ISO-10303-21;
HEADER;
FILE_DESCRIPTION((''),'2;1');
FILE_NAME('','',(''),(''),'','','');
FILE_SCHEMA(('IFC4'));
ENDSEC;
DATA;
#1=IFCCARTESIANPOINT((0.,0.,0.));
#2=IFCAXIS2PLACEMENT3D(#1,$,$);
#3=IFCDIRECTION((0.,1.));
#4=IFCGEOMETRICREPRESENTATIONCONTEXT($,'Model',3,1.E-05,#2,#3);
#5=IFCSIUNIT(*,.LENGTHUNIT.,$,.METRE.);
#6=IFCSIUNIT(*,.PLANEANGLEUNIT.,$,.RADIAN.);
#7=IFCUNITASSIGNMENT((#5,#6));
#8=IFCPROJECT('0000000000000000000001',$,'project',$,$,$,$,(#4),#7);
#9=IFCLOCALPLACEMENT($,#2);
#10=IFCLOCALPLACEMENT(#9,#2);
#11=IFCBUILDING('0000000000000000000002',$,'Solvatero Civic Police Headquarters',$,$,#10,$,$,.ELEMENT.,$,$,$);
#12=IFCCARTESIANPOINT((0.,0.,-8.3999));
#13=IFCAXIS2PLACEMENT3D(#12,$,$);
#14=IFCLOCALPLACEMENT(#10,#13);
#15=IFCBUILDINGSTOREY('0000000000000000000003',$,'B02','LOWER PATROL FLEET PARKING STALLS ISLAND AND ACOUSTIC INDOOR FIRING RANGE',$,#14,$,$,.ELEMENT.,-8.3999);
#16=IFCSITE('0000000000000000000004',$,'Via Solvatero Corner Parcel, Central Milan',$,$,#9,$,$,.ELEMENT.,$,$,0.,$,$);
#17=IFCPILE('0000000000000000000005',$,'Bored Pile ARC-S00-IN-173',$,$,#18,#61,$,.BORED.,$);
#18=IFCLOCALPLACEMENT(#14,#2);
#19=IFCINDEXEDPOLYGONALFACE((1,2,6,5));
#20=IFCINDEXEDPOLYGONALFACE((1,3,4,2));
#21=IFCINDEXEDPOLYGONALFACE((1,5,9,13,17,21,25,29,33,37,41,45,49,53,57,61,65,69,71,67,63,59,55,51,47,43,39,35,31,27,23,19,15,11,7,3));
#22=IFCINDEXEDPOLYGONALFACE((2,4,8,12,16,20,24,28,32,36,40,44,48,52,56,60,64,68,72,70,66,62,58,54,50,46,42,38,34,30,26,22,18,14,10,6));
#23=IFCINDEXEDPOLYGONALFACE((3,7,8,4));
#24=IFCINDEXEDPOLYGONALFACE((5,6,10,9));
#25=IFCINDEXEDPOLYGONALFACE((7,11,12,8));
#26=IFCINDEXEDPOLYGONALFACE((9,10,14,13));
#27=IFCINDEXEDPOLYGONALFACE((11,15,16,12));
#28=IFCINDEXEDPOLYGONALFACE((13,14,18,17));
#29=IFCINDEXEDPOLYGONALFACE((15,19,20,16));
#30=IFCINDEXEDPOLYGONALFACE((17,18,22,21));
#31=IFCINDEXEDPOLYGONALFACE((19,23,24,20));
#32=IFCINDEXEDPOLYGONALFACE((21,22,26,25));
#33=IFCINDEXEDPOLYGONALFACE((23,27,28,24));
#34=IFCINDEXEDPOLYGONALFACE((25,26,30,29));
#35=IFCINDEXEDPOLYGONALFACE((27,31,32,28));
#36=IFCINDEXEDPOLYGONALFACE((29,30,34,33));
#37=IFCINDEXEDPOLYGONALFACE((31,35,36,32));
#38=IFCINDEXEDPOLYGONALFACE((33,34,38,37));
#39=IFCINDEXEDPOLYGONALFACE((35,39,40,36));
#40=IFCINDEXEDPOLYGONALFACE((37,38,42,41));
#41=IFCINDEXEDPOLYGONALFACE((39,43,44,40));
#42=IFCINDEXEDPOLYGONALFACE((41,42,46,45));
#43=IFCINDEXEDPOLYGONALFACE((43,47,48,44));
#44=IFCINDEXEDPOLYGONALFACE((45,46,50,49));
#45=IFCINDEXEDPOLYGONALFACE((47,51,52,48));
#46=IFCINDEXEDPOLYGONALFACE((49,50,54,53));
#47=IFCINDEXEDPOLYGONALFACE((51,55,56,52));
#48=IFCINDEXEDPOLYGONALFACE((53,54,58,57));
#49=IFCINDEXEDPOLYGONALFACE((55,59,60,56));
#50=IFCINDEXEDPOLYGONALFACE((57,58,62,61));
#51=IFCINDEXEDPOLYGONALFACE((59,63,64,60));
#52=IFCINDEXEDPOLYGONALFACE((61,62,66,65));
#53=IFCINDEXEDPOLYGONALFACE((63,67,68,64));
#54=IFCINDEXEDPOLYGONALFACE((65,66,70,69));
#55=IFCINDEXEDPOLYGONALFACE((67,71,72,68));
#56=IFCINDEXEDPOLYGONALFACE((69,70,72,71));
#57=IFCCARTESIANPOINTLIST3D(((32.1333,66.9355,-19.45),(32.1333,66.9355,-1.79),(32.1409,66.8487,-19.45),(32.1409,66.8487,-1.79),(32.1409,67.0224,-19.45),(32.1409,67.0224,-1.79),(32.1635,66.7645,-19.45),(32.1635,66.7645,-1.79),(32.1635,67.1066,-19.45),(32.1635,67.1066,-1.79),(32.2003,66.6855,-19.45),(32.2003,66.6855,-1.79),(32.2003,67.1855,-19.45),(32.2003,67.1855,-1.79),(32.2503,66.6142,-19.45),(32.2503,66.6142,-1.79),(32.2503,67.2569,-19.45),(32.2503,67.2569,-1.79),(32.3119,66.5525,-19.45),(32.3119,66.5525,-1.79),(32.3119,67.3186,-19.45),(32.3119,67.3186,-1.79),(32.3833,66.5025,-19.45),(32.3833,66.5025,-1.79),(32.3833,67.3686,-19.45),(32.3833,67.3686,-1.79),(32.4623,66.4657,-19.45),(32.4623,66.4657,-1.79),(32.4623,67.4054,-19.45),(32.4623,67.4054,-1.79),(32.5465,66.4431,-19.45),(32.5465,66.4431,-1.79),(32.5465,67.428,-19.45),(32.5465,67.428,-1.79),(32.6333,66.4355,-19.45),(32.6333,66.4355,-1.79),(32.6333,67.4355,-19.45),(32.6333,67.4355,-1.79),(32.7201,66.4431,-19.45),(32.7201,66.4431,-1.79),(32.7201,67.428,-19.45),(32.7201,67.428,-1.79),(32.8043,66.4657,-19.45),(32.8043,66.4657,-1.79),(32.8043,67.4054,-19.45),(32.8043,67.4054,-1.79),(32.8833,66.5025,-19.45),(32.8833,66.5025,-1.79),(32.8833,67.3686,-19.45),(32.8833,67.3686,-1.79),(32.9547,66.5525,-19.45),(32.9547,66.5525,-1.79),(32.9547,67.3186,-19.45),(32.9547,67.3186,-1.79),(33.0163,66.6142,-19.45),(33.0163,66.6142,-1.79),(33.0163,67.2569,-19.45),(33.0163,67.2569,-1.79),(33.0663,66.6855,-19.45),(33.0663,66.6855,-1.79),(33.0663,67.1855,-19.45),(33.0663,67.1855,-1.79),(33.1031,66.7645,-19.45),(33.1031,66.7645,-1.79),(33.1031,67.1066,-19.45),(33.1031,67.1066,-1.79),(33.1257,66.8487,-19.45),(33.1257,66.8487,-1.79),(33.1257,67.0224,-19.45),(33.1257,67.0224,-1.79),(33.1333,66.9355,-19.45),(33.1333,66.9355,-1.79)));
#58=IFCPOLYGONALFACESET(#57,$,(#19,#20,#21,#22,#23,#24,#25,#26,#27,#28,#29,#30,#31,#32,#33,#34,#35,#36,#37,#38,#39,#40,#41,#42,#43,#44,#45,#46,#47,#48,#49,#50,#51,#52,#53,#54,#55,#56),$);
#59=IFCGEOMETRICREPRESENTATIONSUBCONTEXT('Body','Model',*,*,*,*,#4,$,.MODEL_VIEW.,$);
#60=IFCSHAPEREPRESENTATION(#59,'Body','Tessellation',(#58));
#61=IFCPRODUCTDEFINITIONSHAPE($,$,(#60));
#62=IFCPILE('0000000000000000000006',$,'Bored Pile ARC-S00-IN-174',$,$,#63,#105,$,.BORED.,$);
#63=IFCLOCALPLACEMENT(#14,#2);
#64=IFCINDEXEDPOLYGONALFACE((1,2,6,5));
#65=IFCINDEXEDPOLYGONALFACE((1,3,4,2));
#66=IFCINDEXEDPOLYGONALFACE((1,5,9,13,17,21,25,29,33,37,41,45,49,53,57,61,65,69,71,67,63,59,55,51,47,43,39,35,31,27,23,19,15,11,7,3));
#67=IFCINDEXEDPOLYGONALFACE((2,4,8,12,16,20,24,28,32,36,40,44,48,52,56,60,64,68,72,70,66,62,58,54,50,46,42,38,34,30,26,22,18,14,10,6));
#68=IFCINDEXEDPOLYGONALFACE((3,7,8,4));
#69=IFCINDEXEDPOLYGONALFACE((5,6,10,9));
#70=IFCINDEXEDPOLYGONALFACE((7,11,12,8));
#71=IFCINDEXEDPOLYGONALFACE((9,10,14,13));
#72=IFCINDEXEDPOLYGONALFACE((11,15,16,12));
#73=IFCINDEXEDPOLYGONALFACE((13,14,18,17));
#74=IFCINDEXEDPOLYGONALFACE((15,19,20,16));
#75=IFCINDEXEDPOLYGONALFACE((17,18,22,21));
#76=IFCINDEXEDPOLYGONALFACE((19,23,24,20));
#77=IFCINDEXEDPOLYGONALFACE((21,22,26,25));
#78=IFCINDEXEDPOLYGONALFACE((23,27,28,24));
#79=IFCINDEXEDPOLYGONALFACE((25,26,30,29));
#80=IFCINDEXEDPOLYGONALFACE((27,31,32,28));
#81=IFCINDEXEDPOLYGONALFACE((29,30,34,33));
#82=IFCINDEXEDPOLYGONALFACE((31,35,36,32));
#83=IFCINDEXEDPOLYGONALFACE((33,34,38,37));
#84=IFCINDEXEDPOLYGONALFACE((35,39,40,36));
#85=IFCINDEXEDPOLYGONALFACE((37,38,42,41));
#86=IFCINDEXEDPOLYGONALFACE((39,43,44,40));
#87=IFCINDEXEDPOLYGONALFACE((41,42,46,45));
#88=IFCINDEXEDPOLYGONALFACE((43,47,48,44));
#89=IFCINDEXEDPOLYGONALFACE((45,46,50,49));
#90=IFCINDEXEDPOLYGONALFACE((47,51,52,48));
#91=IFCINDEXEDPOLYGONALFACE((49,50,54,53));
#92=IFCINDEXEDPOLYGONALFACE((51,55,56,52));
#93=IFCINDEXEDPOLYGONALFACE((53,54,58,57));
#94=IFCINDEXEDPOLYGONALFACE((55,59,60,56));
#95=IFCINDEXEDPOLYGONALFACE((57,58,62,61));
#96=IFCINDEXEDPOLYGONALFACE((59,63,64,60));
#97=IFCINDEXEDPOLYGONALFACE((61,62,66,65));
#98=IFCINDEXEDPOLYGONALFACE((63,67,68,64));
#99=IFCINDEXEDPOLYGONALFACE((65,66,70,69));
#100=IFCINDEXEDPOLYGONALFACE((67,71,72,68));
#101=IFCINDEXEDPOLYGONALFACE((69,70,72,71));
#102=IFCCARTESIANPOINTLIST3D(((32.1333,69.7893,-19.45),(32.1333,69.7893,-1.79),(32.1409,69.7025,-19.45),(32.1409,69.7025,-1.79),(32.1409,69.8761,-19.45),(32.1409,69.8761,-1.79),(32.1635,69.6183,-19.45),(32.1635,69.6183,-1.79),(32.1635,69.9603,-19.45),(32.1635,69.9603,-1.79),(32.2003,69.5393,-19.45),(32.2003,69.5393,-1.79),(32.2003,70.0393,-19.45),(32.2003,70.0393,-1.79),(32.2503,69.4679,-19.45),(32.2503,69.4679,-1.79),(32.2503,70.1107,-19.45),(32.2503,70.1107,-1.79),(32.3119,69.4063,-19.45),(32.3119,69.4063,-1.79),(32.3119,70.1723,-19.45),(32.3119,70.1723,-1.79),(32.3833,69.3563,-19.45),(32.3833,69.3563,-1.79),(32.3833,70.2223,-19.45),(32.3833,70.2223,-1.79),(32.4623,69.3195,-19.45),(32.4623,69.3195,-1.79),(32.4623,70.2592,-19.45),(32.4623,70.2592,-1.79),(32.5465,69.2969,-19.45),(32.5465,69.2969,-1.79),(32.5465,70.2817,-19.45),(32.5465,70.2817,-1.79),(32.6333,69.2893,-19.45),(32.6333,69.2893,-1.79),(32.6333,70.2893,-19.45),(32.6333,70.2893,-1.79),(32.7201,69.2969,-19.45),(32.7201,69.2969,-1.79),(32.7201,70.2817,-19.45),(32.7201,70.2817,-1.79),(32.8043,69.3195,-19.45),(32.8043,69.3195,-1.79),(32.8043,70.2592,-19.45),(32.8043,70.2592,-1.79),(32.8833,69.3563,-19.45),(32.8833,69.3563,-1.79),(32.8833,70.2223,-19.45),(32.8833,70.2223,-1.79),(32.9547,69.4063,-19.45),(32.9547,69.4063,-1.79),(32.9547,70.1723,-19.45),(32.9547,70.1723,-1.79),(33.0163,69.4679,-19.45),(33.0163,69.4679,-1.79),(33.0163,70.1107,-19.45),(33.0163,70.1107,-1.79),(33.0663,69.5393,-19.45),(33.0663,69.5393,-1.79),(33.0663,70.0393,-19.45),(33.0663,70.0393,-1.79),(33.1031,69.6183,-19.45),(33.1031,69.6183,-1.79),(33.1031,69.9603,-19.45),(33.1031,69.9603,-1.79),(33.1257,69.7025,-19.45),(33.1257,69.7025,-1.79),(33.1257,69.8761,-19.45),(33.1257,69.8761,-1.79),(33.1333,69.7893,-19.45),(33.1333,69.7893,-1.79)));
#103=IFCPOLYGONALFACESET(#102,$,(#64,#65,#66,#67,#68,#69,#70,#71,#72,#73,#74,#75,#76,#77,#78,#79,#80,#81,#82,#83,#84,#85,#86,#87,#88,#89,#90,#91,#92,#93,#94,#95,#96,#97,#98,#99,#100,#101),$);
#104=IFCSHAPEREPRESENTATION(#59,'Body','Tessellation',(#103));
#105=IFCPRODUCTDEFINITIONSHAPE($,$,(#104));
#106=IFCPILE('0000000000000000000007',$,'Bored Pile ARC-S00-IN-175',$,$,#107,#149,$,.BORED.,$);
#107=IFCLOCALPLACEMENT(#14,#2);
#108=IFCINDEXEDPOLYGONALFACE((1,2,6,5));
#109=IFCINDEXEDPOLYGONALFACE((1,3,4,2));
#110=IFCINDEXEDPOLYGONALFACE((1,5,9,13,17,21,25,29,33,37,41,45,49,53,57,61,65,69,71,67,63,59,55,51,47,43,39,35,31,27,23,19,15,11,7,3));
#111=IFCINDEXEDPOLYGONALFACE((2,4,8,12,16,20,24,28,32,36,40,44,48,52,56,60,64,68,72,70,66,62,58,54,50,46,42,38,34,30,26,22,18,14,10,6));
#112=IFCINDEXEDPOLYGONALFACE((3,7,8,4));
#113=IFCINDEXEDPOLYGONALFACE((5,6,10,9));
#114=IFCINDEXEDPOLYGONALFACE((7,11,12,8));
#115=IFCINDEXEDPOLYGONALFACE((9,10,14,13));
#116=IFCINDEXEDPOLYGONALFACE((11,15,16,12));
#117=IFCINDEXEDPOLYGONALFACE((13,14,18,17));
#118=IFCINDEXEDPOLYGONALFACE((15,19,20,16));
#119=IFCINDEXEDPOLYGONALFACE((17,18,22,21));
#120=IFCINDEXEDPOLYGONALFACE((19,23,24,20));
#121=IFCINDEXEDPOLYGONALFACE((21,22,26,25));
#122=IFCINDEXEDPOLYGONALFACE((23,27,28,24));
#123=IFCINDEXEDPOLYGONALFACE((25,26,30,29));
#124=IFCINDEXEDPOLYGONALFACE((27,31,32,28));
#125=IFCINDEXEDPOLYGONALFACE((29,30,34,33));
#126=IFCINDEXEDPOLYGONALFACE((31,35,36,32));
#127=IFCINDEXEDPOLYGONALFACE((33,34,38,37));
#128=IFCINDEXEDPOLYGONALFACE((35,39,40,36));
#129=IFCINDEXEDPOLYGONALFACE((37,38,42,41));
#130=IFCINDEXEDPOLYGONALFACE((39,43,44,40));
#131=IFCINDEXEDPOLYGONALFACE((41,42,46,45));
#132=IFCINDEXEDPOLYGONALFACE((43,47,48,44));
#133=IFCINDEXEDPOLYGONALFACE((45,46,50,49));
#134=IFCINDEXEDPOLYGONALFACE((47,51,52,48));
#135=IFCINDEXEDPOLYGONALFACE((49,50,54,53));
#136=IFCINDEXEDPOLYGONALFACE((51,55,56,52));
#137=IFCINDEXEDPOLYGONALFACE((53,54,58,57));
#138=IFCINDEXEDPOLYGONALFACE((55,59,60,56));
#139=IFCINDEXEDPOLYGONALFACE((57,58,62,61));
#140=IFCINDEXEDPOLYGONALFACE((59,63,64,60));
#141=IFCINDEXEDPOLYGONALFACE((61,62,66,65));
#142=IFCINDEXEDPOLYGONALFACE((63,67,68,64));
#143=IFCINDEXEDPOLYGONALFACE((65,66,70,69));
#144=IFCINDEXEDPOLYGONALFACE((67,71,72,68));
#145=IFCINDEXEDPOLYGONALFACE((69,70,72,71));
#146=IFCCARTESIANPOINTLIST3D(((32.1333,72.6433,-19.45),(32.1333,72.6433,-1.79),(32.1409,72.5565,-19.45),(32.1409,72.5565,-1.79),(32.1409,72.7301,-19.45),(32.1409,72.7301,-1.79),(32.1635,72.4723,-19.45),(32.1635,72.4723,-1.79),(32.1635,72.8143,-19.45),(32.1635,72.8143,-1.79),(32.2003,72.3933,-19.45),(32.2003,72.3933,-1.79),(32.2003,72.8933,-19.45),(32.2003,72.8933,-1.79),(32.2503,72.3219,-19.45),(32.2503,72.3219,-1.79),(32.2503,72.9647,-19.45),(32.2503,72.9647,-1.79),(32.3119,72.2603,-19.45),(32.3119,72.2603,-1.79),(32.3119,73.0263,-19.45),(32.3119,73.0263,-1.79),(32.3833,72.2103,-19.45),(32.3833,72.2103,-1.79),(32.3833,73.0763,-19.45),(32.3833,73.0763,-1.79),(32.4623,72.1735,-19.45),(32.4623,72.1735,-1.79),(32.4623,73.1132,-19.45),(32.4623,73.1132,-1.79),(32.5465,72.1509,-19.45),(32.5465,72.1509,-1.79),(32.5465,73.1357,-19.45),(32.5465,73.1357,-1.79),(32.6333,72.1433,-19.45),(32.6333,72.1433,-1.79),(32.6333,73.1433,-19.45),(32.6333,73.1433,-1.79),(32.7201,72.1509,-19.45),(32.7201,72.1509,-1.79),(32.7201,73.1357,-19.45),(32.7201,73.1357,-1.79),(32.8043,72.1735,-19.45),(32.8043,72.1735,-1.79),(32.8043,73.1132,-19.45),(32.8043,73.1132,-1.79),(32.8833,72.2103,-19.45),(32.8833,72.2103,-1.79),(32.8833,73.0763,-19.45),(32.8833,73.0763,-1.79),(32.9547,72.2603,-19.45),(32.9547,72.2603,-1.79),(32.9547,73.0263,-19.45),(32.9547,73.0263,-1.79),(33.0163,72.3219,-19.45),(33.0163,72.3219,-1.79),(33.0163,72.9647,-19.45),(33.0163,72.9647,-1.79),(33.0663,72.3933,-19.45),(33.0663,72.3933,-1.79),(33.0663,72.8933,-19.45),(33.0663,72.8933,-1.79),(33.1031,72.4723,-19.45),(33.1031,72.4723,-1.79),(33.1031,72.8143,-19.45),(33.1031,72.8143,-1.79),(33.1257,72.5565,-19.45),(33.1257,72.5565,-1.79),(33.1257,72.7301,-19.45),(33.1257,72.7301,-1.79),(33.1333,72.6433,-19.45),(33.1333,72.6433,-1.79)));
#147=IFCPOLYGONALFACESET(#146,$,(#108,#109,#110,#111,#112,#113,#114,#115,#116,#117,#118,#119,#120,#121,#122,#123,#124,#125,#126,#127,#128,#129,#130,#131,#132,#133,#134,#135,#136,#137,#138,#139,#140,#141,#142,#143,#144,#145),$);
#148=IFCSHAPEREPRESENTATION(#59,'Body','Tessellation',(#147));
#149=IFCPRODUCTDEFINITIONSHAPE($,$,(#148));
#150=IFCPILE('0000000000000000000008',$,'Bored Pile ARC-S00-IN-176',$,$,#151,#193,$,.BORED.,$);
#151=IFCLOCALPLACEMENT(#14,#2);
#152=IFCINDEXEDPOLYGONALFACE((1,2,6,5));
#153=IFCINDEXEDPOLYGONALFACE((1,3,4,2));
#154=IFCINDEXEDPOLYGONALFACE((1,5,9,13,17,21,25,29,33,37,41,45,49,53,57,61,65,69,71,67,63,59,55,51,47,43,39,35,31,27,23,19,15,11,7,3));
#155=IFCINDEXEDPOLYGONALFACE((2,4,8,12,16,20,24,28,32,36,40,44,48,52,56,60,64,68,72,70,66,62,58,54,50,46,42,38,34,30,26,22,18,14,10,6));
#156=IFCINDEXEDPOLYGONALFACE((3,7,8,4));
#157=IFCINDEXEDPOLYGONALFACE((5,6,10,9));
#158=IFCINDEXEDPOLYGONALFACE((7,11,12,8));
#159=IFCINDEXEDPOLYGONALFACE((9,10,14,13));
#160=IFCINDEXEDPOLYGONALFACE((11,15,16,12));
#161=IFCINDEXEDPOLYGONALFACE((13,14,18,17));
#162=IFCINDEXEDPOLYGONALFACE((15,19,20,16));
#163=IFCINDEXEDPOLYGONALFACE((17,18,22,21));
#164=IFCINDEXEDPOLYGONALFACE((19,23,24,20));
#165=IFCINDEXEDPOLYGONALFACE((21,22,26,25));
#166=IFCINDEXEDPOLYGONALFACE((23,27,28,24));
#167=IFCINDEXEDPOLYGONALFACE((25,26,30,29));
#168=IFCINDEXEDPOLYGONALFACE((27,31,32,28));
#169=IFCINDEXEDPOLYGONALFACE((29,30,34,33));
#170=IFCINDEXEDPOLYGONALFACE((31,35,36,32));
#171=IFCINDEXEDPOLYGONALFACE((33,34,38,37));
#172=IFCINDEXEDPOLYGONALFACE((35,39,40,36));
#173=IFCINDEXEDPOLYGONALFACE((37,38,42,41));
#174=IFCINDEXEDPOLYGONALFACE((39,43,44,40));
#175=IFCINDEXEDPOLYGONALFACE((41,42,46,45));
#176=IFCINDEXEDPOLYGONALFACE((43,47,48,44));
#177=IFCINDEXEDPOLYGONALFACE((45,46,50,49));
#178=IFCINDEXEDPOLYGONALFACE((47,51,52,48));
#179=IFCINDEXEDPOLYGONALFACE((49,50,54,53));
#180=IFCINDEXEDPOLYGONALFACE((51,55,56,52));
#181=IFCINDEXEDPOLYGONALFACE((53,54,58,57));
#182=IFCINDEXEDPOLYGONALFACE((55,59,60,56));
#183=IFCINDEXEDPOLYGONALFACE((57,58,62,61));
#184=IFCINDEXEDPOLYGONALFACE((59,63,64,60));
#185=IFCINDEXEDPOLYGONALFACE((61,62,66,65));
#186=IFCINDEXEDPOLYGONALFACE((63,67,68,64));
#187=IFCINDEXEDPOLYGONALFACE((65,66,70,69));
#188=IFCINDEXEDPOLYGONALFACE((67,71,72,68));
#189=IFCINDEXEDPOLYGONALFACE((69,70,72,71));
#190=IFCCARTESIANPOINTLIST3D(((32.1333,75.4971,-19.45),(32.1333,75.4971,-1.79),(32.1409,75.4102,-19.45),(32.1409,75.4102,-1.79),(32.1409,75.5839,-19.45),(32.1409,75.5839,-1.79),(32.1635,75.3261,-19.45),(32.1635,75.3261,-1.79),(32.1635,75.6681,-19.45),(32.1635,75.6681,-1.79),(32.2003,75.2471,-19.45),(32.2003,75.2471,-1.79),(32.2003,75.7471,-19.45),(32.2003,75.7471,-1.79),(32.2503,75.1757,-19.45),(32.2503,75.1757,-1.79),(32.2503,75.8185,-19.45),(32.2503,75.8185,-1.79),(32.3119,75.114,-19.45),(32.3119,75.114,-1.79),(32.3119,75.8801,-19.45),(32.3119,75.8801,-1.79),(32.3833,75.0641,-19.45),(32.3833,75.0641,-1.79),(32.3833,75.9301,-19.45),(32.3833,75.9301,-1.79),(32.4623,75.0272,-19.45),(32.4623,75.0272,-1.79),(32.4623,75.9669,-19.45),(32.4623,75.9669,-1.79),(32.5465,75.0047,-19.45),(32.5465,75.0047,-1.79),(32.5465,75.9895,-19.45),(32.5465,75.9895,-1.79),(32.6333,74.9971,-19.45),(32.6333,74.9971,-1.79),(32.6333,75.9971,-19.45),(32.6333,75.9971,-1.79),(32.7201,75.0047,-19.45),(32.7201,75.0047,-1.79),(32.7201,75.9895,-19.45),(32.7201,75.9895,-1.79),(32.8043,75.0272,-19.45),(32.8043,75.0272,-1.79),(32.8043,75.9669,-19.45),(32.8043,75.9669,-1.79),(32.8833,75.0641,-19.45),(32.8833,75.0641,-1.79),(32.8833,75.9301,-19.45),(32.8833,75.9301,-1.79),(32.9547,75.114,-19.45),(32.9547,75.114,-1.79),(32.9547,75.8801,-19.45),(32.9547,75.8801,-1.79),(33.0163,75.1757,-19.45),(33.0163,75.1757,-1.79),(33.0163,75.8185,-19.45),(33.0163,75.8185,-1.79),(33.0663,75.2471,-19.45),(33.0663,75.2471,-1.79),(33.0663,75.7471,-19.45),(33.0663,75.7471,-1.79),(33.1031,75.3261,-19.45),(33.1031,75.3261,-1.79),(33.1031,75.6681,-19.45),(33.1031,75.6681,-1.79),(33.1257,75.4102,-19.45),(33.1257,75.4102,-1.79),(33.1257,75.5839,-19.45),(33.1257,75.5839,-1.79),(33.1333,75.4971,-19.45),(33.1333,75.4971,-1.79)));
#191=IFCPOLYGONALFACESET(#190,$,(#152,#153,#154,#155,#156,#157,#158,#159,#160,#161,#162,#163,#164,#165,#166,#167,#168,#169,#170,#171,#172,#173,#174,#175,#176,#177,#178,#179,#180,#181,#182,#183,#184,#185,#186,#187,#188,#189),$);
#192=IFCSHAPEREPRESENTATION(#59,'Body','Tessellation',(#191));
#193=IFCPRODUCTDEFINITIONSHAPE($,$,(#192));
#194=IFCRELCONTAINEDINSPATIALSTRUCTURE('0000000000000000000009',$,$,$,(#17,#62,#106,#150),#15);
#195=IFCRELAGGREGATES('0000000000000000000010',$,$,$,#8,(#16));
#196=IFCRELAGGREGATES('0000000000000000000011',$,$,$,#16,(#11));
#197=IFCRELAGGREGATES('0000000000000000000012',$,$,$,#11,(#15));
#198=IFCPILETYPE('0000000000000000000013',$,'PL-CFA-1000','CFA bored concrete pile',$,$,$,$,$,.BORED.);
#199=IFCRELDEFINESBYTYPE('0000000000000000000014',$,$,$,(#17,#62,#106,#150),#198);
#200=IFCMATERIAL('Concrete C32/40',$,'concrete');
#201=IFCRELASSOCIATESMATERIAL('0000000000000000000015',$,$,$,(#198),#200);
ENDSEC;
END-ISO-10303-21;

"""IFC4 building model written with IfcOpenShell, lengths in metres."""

from ifc_helpers import new_model, si_unit, direction, frame, origin, origin_2d, place, context, subcontext, project, spatial, circle, extrude, material, material_profile, profile_set, type_object, element, save


model = new_model("IFC4")

# Units and contexts
model_context = context("Model", 3, precision=1e-05, world=origin(), true_north=direction((0.0, 1.0)))
body_context = subcontext(model_context, "Body", "Model", "MODEL_VIEW")
ifc_project = project(units=[si_unit("LENGTHUNIT", "METRE"), si_unit("PLANEANGLEUNIT", "RADIAN")], contexts=[model_context])

# Site, building, storey
site_placement = place(None, origin())
site = spatial("IfcSite", under=ifc_project, at=site_placement, Name="Via Solvatero Corner Parcel, Central Milan", CompositionType="ELEMENT", RefElevation=0.0)
building_placement = place(site_placement, origin())
building = spatial("IfcBuilding", under=site, at=building_placement, Name="Solvatero Civic Police Headquarters", CompositionType="ELEMENT")
storey_placement = place(building_placement, frame((0.0, 0.0, -8.3999)))
storey = spatial("IfcBuildingStorey", under=building, at=storey_placement, Name="B02", Description="LOWER PATROL FLEET PARKING STALLS ISLAND AND ACOUSTIC INDOOR FIRING RANGE", CompositionType="ELEMENT", Elevation=-8.3999)

# Piles
ifc_material_1 = material(Name="Concrete C32/40", Category="concrete")
ifc_material_profile_1 = material_profile(ifc_material_1, circle(Radius=0.5, at=origin_2d()), Name="CFA PILE D1000")
ifc_profile_set_1 = profile_set([ifc_material_profile_1], Name="Concrete C32/40")
pile_type = type_object("IfcPileType", Name="PL-CFA-1000", Description="CFA bored concrete pile", PredefinedType="BORED", material=ifc_profile_set_1)
for number, where, z_axis, x_axis, name in (
    (1, (32.6333, 66.9355, -1.79), (0.0, 0.0, -1.0), (1.0, 0.0, 0.0), "Bored Pile ARC-S00-IN-173"),
    (2, (32.6333, 69.7893, -1.79), (0.0, 0.0, -1.0), (1.0, 0.0, 0.0), "Bored Pile ARC-S00-IN-174"),
    (3, (32.6333, 72.6433, -1.79), (0.0, 0.0, -1.0), (1.0, 0.0, 0.0), "Bored Pile ARC-S00-IN-175"),
    (4, (32.6333, 75.4971, -1.79), (0.0, 0.0, -1.0), (1.0, 0.0, 0.0), "Bored Pile ARC-S00-IN-176"),
):
    element("IfcPile", number, at=place(storey_placement, frame(where, z_axis=z_axis, x_axis=x_axis)), inside=storey, type_object=pile_type, Name=name, PredefinedType="BORED", context=body_context, shape_type="SweptSolid", body=[
        extrude(circle(Radius=0.5, at=origin_2d()), origin(), (0.0, 0.0, 1.0), 17.6599),
    ])

save(model, "model.ifc")
